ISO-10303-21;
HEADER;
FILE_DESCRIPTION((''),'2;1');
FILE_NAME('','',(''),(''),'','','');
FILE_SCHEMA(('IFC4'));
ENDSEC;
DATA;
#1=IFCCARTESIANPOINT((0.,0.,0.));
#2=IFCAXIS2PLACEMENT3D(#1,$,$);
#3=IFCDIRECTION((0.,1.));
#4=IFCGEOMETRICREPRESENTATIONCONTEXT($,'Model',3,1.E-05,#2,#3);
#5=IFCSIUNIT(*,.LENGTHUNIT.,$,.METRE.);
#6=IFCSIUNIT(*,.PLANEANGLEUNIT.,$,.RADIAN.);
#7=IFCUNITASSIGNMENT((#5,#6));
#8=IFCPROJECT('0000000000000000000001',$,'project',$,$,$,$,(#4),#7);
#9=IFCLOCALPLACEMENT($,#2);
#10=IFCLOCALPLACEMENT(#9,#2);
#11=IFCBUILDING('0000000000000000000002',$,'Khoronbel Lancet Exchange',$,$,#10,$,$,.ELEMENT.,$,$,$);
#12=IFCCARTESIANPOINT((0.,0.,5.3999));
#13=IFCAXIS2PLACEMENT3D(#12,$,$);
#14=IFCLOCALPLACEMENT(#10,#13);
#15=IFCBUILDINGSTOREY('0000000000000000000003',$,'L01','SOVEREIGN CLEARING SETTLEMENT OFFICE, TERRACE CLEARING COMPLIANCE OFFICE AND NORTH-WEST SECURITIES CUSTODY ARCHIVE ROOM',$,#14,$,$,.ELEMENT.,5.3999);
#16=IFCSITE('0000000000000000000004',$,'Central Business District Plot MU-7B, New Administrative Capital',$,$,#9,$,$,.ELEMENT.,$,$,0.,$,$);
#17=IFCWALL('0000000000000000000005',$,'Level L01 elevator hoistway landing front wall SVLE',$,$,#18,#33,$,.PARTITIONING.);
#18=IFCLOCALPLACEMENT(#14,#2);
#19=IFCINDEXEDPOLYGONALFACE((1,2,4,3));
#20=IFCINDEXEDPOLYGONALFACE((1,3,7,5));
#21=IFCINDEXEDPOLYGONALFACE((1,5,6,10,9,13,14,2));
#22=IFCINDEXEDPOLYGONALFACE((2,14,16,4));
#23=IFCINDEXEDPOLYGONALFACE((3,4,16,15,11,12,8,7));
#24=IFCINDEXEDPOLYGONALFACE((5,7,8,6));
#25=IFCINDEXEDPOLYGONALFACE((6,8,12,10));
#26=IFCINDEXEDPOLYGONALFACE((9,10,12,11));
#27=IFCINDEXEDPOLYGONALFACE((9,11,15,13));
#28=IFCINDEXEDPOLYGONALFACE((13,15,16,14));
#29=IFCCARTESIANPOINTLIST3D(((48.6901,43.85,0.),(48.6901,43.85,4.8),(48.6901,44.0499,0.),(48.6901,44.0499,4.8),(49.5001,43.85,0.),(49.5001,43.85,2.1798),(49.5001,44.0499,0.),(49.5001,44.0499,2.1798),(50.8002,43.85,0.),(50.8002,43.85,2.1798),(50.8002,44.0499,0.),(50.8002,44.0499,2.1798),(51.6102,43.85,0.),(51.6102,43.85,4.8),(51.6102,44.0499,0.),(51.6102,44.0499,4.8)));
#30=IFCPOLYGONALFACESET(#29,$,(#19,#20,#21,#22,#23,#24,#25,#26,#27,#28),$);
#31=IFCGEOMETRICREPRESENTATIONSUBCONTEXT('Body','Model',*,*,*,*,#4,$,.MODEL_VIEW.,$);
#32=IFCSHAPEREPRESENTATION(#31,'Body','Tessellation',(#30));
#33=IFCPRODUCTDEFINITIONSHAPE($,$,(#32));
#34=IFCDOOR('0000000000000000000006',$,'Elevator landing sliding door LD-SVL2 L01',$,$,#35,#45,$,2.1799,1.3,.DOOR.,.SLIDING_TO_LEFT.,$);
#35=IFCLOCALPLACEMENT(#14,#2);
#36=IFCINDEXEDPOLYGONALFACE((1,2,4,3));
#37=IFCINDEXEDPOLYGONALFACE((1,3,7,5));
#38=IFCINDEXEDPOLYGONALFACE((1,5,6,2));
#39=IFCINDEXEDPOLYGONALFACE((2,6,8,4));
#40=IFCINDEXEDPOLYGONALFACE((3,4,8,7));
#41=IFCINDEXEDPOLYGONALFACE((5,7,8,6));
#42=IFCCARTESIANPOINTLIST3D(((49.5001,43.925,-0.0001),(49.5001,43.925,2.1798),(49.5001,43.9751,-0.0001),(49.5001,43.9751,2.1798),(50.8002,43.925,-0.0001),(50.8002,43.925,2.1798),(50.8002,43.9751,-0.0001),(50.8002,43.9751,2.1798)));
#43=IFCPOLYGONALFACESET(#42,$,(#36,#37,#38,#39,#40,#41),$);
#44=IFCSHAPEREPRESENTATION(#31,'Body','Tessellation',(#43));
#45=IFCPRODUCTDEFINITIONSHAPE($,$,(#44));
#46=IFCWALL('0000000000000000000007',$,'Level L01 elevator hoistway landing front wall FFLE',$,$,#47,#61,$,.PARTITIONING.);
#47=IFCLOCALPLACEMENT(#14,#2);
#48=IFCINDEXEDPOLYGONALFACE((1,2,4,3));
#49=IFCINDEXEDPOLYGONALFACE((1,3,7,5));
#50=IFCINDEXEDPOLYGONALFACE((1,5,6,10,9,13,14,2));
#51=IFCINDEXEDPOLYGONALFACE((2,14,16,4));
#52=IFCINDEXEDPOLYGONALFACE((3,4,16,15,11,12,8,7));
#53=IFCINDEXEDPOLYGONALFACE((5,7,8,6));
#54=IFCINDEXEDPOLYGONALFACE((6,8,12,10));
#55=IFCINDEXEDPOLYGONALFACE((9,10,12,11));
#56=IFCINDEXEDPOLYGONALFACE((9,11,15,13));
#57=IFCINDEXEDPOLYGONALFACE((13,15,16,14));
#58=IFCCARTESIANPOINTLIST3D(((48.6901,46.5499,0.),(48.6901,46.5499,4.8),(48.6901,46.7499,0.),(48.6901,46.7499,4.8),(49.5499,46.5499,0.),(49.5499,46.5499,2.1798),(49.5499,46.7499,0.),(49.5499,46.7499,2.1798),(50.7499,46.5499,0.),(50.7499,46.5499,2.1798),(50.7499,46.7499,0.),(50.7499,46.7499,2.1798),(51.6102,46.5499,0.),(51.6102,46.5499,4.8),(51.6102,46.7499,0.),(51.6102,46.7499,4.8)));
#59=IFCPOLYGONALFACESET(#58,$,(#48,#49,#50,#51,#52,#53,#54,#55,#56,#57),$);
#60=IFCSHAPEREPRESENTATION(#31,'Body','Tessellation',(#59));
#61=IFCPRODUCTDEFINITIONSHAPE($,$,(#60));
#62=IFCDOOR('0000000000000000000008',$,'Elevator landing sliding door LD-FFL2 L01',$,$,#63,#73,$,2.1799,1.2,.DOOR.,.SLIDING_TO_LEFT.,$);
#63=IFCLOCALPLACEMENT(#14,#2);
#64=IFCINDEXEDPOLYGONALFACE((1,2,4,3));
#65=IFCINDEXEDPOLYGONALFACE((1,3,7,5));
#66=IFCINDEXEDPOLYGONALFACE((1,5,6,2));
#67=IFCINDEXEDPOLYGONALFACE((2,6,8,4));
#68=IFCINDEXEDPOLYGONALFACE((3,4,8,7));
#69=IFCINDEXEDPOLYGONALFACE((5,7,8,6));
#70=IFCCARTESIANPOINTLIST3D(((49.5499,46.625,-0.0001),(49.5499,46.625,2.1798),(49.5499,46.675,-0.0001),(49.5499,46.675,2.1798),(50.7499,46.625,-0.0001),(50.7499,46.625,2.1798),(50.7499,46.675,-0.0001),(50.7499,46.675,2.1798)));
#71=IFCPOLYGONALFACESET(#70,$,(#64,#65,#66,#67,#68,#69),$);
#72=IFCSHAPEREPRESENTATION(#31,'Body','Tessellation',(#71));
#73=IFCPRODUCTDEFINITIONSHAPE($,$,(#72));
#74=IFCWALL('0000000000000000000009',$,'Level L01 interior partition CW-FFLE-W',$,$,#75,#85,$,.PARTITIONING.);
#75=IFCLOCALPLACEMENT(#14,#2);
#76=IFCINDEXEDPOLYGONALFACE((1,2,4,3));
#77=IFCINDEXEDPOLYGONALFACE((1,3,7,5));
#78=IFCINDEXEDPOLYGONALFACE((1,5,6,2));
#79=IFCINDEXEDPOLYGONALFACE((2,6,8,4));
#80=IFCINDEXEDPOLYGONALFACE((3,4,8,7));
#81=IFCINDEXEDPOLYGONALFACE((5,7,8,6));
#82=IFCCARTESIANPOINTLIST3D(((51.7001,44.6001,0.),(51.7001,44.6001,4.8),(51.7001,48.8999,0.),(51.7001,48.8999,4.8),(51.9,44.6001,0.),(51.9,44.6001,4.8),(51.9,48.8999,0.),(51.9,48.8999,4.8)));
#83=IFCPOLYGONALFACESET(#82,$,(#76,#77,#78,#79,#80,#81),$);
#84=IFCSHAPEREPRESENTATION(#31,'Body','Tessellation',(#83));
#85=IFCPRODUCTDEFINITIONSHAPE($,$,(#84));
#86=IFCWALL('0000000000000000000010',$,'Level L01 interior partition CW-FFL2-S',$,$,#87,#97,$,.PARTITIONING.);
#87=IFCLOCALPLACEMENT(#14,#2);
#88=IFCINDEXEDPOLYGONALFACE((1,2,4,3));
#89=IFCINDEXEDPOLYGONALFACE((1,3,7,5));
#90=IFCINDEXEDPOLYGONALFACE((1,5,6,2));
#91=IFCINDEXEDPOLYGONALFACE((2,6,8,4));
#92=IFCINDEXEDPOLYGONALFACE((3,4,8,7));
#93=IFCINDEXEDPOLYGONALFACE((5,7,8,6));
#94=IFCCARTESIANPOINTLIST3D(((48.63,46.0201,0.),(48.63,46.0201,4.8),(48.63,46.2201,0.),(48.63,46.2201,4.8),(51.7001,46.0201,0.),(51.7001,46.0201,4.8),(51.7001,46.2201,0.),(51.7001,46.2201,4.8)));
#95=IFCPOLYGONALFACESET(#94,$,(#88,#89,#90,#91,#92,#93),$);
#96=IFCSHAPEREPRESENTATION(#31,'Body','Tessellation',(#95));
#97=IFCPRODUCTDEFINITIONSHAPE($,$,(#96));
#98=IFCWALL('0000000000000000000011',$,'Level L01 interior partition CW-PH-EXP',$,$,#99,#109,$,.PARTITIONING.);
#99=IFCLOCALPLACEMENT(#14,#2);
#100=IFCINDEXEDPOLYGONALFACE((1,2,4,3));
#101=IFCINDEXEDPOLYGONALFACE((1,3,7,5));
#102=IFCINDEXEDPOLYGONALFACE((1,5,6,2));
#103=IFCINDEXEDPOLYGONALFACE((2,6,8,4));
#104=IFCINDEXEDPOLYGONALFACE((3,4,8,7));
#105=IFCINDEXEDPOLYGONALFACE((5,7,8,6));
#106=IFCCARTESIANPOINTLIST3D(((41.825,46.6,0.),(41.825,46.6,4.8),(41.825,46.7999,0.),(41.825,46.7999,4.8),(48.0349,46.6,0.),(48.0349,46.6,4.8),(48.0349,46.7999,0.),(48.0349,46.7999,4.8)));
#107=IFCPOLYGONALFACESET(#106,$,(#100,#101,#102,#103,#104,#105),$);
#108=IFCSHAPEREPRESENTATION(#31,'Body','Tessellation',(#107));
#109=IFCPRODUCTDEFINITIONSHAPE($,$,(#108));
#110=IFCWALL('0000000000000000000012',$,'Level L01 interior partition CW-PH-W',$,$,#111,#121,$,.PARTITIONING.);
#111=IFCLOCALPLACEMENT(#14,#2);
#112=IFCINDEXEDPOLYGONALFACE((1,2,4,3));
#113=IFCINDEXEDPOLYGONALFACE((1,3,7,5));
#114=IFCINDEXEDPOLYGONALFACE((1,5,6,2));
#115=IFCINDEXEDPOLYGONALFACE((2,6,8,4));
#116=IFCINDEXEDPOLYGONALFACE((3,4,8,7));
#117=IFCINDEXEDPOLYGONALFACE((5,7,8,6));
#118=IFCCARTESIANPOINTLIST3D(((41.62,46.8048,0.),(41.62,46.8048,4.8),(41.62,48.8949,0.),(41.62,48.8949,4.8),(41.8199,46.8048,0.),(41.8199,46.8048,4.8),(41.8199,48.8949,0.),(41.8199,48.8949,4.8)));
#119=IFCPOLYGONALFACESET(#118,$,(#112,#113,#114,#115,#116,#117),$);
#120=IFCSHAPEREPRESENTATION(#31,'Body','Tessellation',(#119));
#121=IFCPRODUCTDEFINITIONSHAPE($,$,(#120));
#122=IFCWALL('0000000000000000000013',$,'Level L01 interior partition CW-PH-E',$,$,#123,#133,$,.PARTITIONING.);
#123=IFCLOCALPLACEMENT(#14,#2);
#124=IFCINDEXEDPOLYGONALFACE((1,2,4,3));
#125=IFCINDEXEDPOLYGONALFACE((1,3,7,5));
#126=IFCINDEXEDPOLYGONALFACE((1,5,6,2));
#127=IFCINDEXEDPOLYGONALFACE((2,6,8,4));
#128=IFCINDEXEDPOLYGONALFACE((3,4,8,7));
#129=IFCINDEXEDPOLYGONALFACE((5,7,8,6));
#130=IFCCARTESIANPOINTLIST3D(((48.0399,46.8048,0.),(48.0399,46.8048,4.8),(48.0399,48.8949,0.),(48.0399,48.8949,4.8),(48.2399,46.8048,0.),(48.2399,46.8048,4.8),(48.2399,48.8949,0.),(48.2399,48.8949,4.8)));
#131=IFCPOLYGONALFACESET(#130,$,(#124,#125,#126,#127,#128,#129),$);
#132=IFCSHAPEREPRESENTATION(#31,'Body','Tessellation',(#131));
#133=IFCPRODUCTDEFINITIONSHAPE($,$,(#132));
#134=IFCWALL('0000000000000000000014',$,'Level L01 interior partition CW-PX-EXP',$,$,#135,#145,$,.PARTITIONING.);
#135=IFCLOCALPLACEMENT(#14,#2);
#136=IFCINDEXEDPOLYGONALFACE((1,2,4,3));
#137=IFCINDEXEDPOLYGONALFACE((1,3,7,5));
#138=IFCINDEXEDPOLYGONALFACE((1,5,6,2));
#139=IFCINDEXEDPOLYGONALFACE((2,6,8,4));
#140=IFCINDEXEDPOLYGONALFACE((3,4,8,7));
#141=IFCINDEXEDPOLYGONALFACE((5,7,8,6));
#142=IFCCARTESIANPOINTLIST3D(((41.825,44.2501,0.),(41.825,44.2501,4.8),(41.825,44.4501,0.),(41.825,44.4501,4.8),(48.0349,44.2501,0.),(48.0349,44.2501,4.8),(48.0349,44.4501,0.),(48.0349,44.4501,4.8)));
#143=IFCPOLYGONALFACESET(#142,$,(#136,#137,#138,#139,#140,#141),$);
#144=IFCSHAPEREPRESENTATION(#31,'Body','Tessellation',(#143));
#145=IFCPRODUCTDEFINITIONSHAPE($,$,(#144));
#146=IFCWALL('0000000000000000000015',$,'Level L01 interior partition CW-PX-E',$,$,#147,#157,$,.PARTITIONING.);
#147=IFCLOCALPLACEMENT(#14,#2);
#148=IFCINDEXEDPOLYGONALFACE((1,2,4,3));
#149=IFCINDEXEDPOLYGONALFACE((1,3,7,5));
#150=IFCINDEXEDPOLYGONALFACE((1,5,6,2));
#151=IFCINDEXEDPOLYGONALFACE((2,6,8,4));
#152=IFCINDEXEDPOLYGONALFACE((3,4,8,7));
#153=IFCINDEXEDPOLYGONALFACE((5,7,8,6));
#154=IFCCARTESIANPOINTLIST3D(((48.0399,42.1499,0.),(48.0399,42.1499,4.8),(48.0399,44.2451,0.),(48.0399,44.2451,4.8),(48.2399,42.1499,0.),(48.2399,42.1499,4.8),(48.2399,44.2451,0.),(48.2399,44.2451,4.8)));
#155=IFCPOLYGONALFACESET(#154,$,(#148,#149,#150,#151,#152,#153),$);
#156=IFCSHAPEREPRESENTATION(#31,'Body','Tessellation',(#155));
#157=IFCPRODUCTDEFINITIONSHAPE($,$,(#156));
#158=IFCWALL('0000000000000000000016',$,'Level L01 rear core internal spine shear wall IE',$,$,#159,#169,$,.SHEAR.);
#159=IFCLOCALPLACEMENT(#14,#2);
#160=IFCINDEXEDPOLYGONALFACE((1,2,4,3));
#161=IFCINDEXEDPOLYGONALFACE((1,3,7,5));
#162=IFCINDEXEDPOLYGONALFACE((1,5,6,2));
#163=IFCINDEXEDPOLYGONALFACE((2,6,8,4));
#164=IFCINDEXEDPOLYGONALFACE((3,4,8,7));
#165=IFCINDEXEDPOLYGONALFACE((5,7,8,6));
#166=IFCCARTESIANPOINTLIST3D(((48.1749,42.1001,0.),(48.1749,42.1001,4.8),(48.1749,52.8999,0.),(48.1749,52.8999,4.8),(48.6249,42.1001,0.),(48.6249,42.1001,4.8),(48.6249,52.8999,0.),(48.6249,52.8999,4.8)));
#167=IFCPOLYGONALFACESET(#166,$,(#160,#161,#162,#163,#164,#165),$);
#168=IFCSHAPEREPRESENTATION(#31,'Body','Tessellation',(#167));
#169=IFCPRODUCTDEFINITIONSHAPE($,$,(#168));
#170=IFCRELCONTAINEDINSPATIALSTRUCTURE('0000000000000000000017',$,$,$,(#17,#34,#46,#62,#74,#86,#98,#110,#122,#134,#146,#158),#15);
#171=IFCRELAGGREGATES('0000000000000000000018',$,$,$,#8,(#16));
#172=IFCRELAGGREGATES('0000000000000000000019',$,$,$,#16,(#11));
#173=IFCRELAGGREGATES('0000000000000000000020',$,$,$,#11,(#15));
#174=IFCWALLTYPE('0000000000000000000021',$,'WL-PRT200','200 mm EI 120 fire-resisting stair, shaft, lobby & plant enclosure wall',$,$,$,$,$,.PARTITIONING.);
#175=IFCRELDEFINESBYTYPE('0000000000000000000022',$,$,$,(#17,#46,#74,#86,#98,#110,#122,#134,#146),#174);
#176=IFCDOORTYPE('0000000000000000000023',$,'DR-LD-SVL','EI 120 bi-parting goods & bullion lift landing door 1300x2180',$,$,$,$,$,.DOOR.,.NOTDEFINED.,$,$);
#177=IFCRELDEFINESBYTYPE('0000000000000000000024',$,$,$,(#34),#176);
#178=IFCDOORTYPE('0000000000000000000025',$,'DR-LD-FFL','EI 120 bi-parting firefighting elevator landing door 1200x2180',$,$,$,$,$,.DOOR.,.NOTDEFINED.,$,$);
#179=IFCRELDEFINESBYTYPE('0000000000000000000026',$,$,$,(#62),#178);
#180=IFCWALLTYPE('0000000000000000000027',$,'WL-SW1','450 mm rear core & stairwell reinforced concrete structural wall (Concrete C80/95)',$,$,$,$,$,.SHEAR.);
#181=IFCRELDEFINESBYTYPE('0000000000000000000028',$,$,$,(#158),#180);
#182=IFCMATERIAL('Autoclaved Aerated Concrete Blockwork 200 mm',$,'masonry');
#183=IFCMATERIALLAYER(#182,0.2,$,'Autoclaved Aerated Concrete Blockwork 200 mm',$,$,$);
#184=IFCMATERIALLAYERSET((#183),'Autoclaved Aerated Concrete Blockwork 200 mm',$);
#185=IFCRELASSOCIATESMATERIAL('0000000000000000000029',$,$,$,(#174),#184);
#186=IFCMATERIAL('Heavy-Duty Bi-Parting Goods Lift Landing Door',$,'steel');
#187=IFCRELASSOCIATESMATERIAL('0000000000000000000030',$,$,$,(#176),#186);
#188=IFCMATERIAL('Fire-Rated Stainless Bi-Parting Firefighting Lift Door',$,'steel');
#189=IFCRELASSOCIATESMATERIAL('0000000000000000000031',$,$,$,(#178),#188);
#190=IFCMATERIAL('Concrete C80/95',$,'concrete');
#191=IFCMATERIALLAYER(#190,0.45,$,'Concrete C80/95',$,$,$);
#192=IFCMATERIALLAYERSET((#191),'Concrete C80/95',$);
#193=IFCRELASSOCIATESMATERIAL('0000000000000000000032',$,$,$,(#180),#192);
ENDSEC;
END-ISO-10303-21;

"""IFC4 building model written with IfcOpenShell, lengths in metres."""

from ifc_helpers import new_model, si_unit, direction, frame, frame_2d, origin, place, context, subcontext, project, spatial, rectangle, extrude, material, layer, layer_set, type_object, element, fill, save


model = new_model("IFC4")

# Units and contexts
model_context = context("Model", 3, precision=1e-05, world=origin(), true_north=direction((0.0, 1.0)))
body_context = subcontext(model_context, "Body", "Model", "MODEL_VIEW")
ifc_project = project(units=[si_unit("LENGTHUNIT", "METRE"), si_unit("PLANEANGLEUNIT", "RADIAN")], contexts=[model_context])

# Site, building, storey
site_placement = place(None, origin())
site = spatial("IfcSite", under=ifc_project, at=site_placement, Name="Central Business District Plot MU-7B, New Administrative Capital", CompositionType="ELEMENT", RefElevation=0.0)
building_placement = place(site_placement, origin())
building = spatial("IfcBuilding", under=site, at=building_placement, Name="Khoronbel Lancet Exchange", CompositionType="ELEMENT")
storey_placement = place(building_placement, frame((0.0, 0.0, 5.3999)))
storey = spatial("IfcBuildingStorey", under=building, at=storey_placement, Name="L01", Description="SOVEREIGN CLEARING SETTLEMENT OFFICE, TERRACE CLEARING COMPLIANCE OFFICE AND NORTH-WEST SECURITIES CUSTODY ARCHIVE ROOM", CompositionType="ELEMENT", Elevation=5.3999)

# Walls, openings, doors
ifc_material_1 = material(Name="Autoclaved Aerated Concrete Blockwork 200 mm", Category="masonry")
ifc_layer_1 = layer(ifc_material_1, 0.2, Name="Autoclaved Aerated Concrete Blockwork 200 mm")
ifc_layer_set_1 = layer_set([ifc_layer_1], Name="Autoclaved Aerated Concrete Blockwork 200 mm")
wall_type_1 = type_object("IfcWallType", Name="WL-PRT200", Description="200 mm EI 120 fire-resisting stair, shaft, lobby & plant enclosure wall", PredefinedType="PARTITIONING", material=ifc_layer_set_1)
wall_1_placement = place(storey_placement, frame((51.6101, 43.95, 0.0), z_axis=(0.0, 0.0, 1.0), x_axis=(-1.0, 0.0, 0.0)))
wall_1 = element("IfcWall", 1, at=wall_1_placement, inside=storey, type_object=wall_type_1, Name="Level L01 elevator hoistway landing front wall SVLE", PredefinedType="PARTITIONING", context=body_context, shape_type="SweptSolid", body=[
    extrude(rectangle(XDim=2.9202, YDim=0.2, at=frame_2d((1.46, 0.0))), origin(), (0.0, 0.0, 1.0), 4.8),
])
opening_1_placement = place(wall_1_placement, frame((0.8101, 0.0, 0.0)))
opening_1 = element("IfcOpeningElement", 2, at=opening_1_placement, cuts=wall_1, PredefinedType="OPENING", context=body_context, shape_type="SweptSolid", body=[
    extrude(rectangle(XDim=1.3, YDim=2.1799, at=frame_2d((0.6499, 1.0898))), frame((0.0, 0.1099, 0.0), z_axis=(0.0, -1.0, 0.0), x_axis=(1.0, 0.0, 0.0)), (0.0, 0.0, 1.0), 0.22),
])
ifc_material_2 = material(Name="Heavy-Duty Bi-Parting Goods Lift Landing Door", Category="steel")
door_type_1 = type_object("IfcDoorType", Name="DR-LD-SVL", Description="EI 120 bi-parting goods & bullion lift landing door 1300x2180", OperationType="NOTDEFINED", PredefinedType="DOOR", material=ifc_material_2)
door_1_placement = place(opening_1_placement, origin())
door_1 = element("IfcDoor", 3, at=door_1_placement, inside=storey, type_object=door_type_1, Name="Elevator landing sliding door LD-SVL2 L01", OperationType="SLIDING_TO_LEFT", OverallHeight=2.1799, OverallWidth=1.3, PredefinedType="DOOR", context=body_context, shape_type="SweptSolid", body=[
    extrude(rectangle(XDim=1.3, YDim=2.1799, at=frame_2d((0.6499, 1.0898))), frame((0.0, 0.0249, 0.0), z_axis=(0.0, -1.0, 0.0), x_axis=(1.0, 0.0, 0.0)), (0.0, 0.0, 1.0), 0.05),
])
fill(opening_1, door_1)
wall_2_placement = place(storey_placement, frame((51.6101, 46.6499, 0.0), z_axis=(0.0, 0.0, 1.0), x_axis=(-1.0, 0.0, 0.0)))
wall_2 = element("IfcWall", 4, at=wall_2_placement, inside=storey, type_object=wall_type_1, Name="Level L01 elevator hoistway landing front wall FFLE", PredefinedType="PARTITIONING", context=body_context, shape_type="SweptSolid", body=[
    extrude(rectangle(XDim=2.9202, YDim=0.2, at=frame_2d((1.46, 0.0))), origin(), (0.0, 0.0, 1.0), 4.8),
])
opening_2_placement = place(wall_2_placement, frame((0.8601, 0.0, 0.0)))
opening_2 = element("IfcOpeningElement", 5, at=opening_2_placement, cuts=wall_2, PredefinedType="OPENING", context=body_context, shape_type="SweptSolid", body=[
    extrude(rectangle(XDim=1.2, YDim=2.1799, at=frame_2d((0.6001, 1.0898))), frame((0.0, 0.1099, 0.0), z_axis=(0.0, -1.0, 0.0), x_axis=(1.0, 0.0, 0.0)), (0.0, 0.0, 1.0), 0.22),
])
ifc_material_3 = material(Name="Fire-Rated Stainless Bi-Parting Firefighting Lift Door", Category="steel")
door_type_2 = type_object("IfcDoorType", Name="DR-LD-FFL", Description="EI 120 bi-parting firefighting elevator landing door 1200x2180", OperationType="NOTDEFINED", PredefinedType="DOOR", material=ifc_material_3)
door_2_placement = place(opening_2_placement, origin())
door_2 = element("IfcDoor", 6, at=door_2_placement, inside=storey, type_object=door_type_2, Name="Elevator landing sliding door LD-FFL2 L01", OperationType="SLIDING_TO_LEFT", OverallHeight=2.1799, OverallWidth=1.2, PredefinedType="DOOR", context=body_context, shape_type="SweptSolid", body=[
    extrude(rectangle(XDim=1.2, YDim=2.1799, at=frame_2d((0.6001, 1.0898))), frame((0.0, 0.0249, 0.0), z_axis=(0.0, -1.0, 0.0), x_axis=(1.0, 0.0, 0.0)), (0.0, 0.0, 1.0), 0.05),
])
fill(opening_2, door_2)

# Walls
wall_3_placement = place(storey_placement, frame((51.8, 44.6001, 0.0), z_axis=(0.0, 0.0, 1.0), x_axis=(0.0, 1.0, 0.0)))
element("IfcWall", 7, at=wall_3_placement, inside=storey, type_object=wall_type_1, Name="Level L01 interior partition CW-FFLE-W", PredefinedType="PARTITIONING", context=body_context, shape_type="SweptSolid", body=[
    extrude(rectangle(XDim=4.2998, YDim=0.2, at=frame_2d((2.1499, 0.0))), origin(), (0.0, 0.0, 1.0), 4.8),
])
wall_4_placement = place(storey_placement, frame((48.6299, 46.1201, 0.0), z_axis=(0.0, 0.0, 1.0), x_axis=(1.0, 0.0, 0.0)))
element("IfcWall", 8, at=wall_4_placement, inside=storey, type_object=wall_type_1, Name="Level L01 interior partition CW-FFL2-S", PredefinedType="PARTITIONING", context=body_context, shape_type="SweptSolid", body=[
    extrude(rectangle(XDim=3.0701, YDim=0.2, at=frame_2d((1.5352, 0.0))), origin(), (0.0, 0.0, 1.0), 4.8),
])

# Walls
wall_5_placement = place(storey_placement, frame((41.825, 46.7, 0.0), z_axis=(0.0, 0.0, 1.0), x_axis=(1.0, 0.0, 0.0)))
element("IfcWall", 9, at=wall_5_placement, inside=storey, type_object=wall_type_1, Name="Level L01 interior partition CW-PH-EXP", PredefinedType="PARTITIONING", context=body_context, shape_type="SweptSolid", body=[
    extrude(rectangle(XDim=6.21, YDim=0.2, at=frame_2d((3.105, 0.0))), origin(), (0.0, 0.0, 1.0), 4.8),
])
for number, where, z_axis, x_axis, name in (
    (10, (41.72, 46.8049, 0.0), (0.0, 0.0, 1.0), (0.0, 1.0, 0.0), "Level L01 interior partition CW-PH-W"),
    (11, (48.1399, 46.8049, 0.0), (0.0, 0.0, 1.0), (0.0, 1.0, 0.0), "Level L01 interior partition CW-PH-E"),
):
    element("IfcWall", number, at=place(storey_placement, frame(where, z_axis=z_axis, x_axis=x_axis)), inside=storey, type_object=wall_type_1, Name=name, PredefinedType="PARTITIONING", context=body_context, shape_type="SweptSolid", body=[
        extrude(rectangle(XDim=2.0901, YDim=0.2, at=frame_2d((1.0449, 0.0))), origin(), (0.0, 0.0, 1.0), 4.8),
    ])
wall_6_placement = place(storey_placement, frame((41.825, 44.3501, 0.0), z_axis=(0.0, 0.0, 1.0), x_axis=(1.0, 0.0, 0.0)))
element("IfcWall", 12, at=wall_6_placement, inside=storey, type_object=wall_type_1, Name="Level L01 interior partition CW-PX-EXP", PredefinedType="PARTITIONING", context=body_context, shape_type="SweptSolid", body=[
    extrude(rectangle(XDim=6.21, YDim=0.2, at=frame_2d((3.105, 0.0))), origin(), (0.0, 0.0, 1.0), 4.8),
])
wall_7_placement = place(storey_placement, frame((48.1399, 42.1499, 0.0), z_axis=(0.0, 0.0, 1.0), x_axis=(0.0, 1.0, 0.0)))
element("IfcWall", 13, at=wall_7_placement, inside=storey, type_object=wall_type_1, Name="Level L01 interior partition CW-PX-E", PredefinedType="PARTITIONING", context=body_context, shape_type="SweptSolid", body=[
    extrude(rectangle(XDim=2.0952, YDim=0.2, at=frame_2d((1.0476, 0.0))), origin(), (0.0, 0.0, 1.0), 4.8),
])
ifc_material_4 = material(Name="Concrete C80/95", Category="concrete")
ifc_layer_2 = layer(ifc_material_4, 0.45, Name="Concrete C80/95")
ifc_layer_set_2 = layer_set([ifc_layer_2], Name="Concrete C80/95")
wall_type_2 = type_object("IfcWallType", Name="WL-SW1", Description="450 mm rear core & stairwell reinforced concrete structural wall (Concrete C80/95)", PredefinedType="SHEAR", material=ifc_layer_set_2)
wall_8_placement = place(storey_placement, frame((48.3999, 42.1001, 0.0), z_axis=(0.0, 0.0, 1.0), x_axis=(0.0, 1.0, 0.0)))
element("IfcWall", 14, at=wall_8_placement, inside=storey, type_object=wall_type_2, Name="Level L01 rear core internal spine shear wall IE", PredefinedType="SHEAR", context=body_context, shape_type="SweptSolid", body=[
    extrude(rectangle(XDim=10.7998, YDim=0.45, at=frame_2d((5.3999, 0.0))), origin(), (0.0, 0.0, 1.0), 4.8),
])

save(model, "model.ifc")
